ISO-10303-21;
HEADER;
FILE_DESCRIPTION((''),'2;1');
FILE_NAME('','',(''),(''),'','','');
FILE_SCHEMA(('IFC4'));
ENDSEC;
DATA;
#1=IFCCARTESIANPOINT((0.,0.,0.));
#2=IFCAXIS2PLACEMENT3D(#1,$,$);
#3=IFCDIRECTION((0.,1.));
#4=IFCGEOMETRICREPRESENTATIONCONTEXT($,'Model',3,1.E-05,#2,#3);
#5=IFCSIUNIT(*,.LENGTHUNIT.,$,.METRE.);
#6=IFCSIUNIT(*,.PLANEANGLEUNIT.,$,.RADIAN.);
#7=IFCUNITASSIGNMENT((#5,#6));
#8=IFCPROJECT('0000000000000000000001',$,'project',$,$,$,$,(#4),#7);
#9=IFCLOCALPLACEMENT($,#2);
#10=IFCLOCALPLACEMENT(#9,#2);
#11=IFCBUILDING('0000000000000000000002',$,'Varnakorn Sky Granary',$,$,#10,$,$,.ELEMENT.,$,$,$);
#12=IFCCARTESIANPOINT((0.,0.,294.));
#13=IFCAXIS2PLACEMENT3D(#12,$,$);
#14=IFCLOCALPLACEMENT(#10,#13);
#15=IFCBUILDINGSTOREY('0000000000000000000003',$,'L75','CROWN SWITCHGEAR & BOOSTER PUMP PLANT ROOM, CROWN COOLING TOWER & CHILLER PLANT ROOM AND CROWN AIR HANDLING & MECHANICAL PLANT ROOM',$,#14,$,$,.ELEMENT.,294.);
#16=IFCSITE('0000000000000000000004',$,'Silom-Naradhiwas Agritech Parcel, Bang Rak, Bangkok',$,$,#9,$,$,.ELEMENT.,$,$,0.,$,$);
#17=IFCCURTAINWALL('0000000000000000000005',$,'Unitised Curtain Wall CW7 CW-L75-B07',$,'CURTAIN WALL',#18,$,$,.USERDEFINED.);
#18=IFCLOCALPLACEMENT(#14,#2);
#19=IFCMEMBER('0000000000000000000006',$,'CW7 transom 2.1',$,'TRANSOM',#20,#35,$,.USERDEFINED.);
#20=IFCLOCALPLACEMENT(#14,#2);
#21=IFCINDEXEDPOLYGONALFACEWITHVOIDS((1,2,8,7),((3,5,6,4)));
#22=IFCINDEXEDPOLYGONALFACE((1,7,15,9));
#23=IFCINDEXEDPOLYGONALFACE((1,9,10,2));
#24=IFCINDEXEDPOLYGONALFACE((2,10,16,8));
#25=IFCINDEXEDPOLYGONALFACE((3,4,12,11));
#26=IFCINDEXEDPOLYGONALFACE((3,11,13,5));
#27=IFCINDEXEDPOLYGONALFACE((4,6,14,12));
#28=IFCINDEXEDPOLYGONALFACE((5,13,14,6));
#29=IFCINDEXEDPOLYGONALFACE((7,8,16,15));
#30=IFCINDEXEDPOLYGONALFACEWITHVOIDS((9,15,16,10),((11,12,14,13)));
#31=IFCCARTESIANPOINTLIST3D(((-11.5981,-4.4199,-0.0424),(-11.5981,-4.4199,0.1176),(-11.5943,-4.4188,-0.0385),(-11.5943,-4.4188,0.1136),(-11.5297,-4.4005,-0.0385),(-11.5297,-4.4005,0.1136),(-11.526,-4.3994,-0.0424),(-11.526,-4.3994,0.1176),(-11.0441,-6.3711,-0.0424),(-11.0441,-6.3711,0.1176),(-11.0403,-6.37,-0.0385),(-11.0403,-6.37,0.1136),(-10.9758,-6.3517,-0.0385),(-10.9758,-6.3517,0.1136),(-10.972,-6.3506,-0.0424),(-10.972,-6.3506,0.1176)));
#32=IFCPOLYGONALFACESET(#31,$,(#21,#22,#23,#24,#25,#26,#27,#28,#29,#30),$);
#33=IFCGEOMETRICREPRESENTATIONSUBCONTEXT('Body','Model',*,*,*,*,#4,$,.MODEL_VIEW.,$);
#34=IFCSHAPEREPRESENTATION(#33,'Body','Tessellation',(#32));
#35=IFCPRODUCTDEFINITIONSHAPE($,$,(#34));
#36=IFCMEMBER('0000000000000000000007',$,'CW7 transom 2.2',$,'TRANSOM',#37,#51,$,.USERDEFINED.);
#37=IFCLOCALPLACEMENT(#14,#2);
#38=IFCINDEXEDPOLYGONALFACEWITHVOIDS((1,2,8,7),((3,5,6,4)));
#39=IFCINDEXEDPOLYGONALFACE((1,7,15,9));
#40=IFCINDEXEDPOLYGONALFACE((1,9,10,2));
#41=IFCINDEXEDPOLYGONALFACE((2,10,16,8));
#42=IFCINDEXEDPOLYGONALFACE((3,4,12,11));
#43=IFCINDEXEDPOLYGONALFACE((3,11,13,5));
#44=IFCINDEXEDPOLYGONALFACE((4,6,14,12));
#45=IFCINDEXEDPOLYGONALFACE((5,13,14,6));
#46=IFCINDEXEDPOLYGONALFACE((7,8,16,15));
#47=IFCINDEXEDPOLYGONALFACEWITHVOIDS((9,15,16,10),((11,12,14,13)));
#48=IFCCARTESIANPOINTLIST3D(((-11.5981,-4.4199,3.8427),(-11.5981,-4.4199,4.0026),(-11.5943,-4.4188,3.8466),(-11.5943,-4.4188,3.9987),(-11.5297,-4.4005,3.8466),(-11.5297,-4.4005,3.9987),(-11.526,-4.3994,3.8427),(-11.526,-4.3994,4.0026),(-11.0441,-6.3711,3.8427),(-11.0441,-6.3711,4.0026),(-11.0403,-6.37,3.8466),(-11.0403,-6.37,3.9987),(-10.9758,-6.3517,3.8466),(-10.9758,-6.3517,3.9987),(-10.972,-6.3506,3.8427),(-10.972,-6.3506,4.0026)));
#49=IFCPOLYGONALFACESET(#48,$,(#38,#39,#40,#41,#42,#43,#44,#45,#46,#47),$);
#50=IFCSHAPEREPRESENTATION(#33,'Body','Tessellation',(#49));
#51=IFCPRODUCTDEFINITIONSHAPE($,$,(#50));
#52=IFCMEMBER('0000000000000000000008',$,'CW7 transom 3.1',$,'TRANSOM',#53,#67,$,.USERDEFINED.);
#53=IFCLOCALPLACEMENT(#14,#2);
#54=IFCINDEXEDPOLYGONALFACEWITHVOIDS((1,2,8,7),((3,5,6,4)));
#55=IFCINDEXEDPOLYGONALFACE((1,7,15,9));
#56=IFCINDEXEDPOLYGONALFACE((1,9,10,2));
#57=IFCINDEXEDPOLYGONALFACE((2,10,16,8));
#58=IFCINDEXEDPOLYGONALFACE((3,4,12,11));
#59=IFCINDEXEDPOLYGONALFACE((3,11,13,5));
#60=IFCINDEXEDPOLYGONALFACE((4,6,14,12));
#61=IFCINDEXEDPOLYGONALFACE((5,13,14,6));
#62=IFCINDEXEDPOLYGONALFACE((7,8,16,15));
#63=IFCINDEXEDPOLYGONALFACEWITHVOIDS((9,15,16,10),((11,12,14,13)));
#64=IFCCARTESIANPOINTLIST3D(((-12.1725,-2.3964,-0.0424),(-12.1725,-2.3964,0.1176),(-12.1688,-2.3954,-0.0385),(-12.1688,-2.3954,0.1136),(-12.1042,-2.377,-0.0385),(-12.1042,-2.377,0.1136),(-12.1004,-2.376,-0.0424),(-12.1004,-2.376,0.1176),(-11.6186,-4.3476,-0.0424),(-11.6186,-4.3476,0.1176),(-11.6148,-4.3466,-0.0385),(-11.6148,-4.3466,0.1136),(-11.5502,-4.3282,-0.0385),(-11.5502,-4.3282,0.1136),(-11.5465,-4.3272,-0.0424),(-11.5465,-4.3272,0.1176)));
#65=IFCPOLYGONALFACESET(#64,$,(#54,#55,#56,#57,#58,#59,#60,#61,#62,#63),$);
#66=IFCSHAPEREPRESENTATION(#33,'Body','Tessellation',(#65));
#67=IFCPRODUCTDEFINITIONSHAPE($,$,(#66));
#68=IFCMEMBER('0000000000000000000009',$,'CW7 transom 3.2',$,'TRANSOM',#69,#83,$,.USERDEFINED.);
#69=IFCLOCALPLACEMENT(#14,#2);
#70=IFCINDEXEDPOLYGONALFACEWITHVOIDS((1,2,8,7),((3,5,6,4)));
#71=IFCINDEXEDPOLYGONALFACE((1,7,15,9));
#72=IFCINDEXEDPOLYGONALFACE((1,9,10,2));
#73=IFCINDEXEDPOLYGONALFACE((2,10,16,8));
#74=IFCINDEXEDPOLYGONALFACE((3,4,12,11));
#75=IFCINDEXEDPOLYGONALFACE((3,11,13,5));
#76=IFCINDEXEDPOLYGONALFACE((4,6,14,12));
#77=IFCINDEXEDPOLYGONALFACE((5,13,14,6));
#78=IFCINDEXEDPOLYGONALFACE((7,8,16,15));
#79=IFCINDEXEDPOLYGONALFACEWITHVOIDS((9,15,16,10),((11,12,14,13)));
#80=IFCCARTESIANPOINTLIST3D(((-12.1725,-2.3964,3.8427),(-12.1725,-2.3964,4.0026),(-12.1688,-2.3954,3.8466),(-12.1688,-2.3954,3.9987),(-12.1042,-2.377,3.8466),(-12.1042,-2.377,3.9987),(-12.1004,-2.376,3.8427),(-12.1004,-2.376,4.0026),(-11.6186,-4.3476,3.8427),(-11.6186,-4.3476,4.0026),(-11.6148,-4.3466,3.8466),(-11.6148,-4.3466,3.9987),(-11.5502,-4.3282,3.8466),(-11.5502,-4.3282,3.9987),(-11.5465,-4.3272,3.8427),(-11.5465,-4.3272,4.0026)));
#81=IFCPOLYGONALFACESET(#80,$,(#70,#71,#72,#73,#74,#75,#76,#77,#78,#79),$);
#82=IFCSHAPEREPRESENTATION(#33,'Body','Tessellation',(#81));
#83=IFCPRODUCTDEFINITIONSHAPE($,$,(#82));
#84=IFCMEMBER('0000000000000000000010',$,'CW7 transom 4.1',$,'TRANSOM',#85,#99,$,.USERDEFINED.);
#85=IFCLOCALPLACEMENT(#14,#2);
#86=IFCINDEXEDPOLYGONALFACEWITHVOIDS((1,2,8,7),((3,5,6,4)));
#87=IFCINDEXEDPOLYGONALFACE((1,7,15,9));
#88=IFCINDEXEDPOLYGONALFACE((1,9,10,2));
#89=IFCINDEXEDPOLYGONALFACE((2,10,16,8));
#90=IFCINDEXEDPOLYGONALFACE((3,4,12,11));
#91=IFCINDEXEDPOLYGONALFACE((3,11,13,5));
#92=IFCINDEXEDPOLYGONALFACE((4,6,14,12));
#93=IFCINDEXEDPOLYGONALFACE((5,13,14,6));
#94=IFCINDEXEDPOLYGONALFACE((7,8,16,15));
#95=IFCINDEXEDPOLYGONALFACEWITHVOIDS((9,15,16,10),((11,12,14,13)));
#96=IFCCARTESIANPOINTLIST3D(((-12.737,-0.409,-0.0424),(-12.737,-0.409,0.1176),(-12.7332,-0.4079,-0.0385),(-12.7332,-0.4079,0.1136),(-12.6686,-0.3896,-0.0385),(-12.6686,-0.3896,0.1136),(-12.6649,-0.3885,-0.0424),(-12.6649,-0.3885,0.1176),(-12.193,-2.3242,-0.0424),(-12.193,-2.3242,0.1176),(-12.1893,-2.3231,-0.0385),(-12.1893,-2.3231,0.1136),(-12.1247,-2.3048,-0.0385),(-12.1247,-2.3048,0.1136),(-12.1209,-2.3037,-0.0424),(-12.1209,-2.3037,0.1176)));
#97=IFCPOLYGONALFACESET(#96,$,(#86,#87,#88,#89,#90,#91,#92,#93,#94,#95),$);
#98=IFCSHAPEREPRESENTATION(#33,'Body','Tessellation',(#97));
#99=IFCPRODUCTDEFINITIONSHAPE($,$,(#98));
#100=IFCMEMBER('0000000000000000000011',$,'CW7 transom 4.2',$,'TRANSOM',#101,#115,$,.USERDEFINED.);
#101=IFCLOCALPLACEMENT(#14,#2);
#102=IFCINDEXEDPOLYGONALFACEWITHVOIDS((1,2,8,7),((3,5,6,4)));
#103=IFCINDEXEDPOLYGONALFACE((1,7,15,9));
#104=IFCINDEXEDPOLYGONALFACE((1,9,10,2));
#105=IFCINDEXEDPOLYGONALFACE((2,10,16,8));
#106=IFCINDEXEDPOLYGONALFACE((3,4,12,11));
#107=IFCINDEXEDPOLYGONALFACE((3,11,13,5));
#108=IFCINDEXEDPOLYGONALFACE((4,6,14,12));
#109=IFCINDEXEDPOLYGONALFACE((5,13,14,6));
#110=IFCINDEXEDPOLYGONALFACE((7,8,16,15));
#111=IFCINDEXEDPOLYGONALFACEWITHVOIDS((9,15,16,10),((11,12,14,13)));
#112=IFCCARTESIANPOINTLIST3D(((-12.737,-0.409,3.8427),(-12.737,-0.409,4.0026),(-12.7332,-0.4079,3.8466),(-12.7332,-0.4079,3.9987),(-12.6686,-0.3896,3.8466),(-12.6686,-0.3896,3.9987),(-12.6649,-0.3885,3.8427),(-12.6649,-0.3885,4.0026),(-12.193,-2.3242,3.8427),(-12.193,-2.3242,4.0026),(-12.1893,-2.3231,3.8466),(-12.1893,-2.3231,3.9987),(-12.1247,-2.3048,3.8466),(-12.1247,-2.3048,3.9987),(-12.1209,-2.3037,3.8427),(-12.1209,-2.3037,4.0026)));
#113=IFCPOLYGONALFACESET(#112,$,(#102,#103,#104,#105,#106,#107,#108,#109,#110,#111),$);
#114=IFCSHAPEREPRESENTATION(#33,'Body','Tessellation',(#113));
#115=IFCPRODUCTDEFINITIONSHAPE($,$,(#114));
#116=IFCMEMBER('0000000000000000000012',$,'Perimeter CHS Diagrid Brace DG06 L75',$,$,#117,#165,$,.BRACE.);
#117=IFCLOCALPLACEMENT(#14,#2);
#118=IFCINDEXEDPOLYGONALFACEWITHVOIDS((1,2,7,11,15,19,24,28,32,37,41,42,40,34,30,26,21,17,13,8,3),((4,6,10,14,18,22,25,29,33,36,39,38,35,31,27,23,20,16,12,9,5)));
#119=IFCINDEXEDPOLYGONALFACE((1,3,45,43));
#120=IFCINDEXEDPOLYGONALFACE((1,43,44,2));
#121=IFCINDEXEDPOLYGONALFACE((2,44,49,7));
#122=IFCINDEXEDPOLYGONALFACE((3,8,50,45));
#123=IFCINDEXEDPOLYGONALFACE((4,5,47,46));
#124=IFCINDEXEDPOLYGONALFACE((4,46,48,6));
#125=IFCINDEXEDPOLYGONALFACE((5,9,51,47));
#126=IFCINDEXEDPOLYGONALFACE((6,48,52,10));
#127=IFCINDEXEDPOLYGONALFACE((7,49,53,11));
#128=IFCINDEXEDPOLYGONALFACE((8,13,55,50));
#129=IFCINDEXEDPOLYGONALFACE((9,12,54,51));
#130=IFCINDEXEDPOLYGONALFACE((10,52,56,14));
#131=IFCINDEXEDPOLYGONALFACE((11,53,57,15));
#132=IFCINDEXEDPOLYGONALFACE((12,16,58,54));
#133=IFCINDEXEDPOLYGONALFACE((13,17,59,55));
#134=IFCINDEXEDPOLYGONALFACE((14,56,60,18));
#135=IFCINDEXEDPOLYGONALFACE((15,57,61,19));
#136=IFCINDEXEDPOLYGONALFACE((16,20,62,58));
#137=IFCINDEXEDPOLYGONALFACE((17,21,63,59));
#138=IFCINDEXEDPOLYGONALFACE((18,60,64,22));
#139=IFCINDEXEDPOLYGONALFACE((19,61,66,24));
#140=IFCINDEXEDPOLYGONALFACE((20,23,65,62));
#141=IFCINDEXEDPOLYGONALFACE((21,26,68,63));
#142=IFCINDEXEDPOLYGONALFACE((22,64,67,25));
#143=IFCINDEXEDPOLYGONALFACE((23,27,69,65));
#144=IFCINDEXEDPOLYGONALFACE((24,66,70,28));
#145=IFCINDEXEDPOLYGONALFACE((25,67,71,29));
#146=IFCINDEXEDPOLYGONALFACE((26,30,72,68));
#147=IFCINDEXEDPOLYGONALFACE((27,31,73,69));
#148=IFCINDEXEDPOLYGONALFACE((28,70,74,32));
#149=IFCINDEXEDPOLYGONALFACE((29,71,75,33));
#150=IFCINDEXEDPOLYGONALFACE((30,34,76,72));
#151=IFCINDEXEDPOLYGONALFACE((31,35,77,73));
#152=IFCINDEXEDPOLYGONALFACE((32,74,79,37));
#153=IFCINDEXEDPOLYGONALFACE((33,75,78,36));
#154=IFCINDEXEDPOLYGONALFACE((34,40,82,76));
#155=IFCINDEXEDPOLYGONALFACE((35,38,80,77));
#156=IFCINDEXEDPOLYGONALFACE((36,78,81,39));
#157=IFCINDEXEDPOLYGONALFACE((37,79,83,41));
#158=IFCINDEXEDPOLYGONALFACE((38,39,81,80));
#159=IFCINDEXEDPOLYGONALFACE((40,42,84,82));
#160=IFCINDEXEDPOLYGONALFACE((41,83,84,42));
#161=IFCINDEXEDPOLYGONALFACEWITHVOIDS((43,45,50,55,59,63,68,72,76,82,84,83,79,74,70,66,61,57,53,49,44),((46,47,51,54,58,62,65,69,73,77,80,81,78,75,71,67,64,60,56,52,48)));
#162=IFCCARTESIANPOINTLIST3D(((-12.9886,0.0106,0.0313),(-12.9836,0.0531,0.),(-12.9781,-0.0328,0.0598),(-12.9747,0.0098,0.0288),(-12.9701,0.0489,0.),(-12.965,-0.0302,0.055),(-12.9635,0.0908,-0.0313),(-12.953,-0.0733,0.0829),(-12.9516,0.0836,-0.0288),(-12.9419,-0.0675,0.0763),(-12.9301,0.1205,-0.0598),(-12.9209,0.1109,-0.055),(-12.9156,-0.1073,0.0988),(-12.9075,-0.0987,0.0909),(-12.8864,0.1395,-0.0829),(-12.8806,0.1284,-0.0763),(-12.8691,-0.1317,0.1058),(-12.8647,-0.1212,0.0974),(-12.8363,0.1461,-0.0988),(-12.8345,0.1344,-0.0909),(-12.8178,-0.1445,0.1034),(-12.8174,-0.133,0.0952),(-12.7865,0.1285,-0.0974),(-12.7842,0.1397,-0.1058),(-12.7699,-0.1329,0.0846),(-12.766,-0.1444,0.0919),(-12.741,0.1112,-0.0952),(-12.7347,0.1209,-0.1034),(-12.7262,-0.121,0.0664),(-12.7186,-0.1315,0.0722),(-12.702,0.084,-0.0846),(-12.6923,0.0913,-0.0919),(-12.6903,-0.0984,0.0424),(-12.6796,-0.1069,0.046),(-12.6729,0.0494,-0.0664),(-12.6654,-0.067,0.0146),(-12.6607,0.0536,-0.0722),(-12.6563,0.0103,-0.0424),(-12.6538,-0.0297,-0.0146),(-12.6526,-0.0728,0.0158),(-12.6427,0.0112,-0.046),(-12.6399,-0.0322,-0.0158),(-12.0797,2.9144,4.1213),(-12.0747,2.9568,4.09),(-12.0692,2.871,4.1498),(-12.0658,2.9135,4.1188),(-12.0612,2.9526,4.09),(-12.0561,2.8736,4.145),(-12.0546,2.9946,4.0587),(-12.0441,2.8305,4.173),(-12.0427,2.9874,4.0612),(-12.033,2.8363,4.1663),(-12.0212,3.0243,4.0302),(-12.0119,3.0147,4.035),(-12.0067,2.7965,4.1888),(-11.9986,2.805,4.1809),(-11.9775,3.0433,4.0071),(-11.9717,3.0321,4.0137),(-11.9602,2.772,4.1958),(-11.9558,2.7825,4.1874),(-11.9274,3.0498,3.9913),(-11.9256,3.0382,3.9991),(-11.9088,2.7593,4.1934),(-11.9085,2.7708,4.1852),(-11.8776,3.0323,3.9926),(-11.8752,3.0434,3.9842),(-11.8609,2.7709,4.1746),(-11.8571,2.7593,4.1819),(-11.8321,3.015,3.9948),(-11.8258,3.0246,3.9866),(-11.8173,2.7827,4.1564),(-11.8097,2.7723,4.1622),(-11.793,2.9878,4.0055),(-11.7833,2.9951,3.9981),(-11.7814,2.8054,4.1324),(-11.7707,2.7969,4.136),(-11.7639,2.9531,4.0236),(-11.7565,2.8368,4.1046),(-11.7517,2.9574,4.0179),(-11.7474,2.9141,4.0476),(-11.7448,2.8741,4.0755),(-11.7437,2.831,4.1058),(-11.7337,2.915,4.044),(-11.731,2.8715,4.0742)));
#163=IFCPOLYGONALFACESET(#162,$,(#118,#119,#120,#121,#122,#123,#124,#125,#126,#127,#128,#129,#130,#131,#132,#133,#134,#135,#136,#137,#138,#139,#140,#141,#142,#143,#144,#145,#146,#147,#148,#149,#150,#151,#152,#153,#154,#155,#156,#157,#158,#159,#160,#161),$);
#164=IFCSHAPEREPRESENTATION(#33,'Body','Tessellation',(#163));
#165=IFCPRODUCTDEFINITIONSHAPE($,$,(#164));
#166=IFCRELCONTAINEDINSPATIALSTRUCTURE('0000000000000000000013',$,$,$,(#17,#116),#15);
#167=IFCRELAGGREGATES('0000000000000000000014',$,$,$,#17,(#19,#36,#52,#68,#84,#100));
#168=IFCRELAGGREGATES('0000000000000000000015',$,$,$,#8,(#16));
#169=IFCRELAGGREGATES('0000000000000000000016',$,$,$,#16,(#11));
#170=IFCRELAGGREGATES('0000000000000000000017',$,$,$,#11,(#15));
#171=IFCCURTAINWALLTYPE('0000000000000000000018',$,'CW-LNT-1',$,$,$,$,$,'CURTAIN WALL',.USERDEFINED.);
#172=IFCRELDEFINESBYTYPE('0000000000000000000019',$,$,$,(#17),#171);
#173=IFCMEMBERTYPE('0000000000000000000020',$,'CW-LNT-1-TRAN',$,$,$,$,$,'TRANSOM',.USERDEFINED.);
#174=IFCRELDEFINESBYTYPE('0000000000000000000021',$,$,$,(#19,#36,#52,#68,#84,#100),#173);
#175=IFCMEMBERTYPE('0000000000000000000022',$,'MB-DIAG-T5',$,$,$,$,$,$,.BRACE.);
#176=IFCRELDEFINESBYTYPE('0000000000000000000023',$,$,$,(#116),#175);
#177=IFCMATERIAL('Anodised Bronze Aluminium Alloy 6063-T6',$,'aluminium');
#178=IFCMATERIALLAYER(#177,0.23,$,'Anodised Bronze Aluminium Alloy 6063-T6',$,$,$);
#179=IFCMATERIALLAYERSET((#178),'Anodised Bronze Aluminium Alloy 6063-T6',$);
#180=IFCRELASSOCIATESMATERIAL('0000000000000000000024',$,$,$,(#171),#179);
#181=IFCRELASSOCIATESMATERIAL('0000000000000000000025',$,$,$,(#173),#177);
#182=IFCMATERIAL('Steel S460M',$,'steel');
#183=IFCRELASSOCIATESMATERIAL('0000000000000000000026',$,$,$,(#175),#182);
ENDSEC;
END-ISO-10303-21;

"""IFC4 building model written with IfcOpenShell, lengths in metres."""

from ifc_helpers import new_model, si_unit, direction, frame, origin, origin_2d, place, context, subcontext, project, spatial, hollow_rectangle, hollow_circle, extrude, material, layer, layer_set, material_profile, profile_set, type_object, element, aggregate, save


model = new_model("IFC4")

# Units and contexts
model_context = context("Model", 3, precision=1e-05, world=origin(), true_north=direction((0.0, 1.0)))
body_context = subcontext(model_context, "Body", "Model", "MODEL_VIEW")
ifc_project = project(units=[si_unit("LENGTHUNIT", "METRE"), si_unit("PLANEANGLEUNIT", "RADIAN")], contexts=[model_context])

# Site, building, storey
site_placement = place(None, origin())
site = spatial("IfcSite", under=ifc_project, at=site_placement, Name="Silom-Naradhiwas Agritech Parcel, Bang Rak, Bangkok", CompositionType="ELEMENT", RefElevation=0.0)
building_placement = place(site_placement, origin())
building = spatial("IfcBuilding", under=site, at=building_placement, Name="Varnakorn Sky Granary", CompositionType="ELEMENT")
storey_placement = place(building_placement, frame((0.0, 0.0, 294.0)))
storey = spatial("IfcBuildingStorey", under=building, at=storey_placement, Name="L75", Description="CROWN SWITCHGEAR & BOOSTER PUMP PLANT ROOM, CROWN COOLING TOWER & CHILLER PLANT ROOM AND CROWN AIR HANDLING & MECHANICAL PLANT ROOM", CompositionType="ELEMENT", Elevation=294.0)

# Shared definitions
ifc_material_1 = material(Name="Steel S460M", Category="steel")

# Curtain wall, members
ifc_material_2 = material(Name="Anodised Bronze Aluminium Alloy 6063-T6", Category="aluminium")
ifc_layer_1 = layer(ifc_material_2, 0.23, Name="Anodised Bronze Aluminium Alloy 6063-T6")
ifc_layer_set_1 = layer_set([ifc_layer_1], Name="Anodised Bronze Aluminium Alloy 6063-T6")
curtain_wall_type = type_object("IfcCurtainWallType", Name="CW-LNT-1", ElementType="CURTAIN WALL", PredefinedType="USERDEFINED", material=ifc_layer_set_1)
curtain_wall_placement = place(storey_placement, origin())
curtain_wall = element("IfcCurtainWall", 1, at=curtain_wall_placement, inside=storey, type_object=curtain_wall_type, Name="Unitised Curtain Wall CW7 CW-L75-B07", ObjectType="CURTAIN WALL", PredefinedType="USERDEFINED")
ifc_material_profile_1 = material_profile(ifc_material_2, hollow_rectangle(XDim=0.075, YDim=0.1599, WallThickness=0.0039, at=origin_2d()), Name="ALU TRAN 75x160")
ifc_profile_set_1 = profile_set([ifc_material_profile_1], Name="Anodised Bronze Aluminium Alloy 6063-T6")
member_type_1 = type_object("IfcMemberType", Name="CW-LNT-1-TRAN", ElementType="TRANSOM", PredefinedType="USERDEFINED", material=ifc_profile_set_1)
member_1_placement = place(storey_placement, frame((-11.0081, -6.3608, 0.0376), z_axis=(-0.273115, 0.961981, 0.0), x_axis=(-0.961981, -0.273115, 0.0)))
member_1 = element("IfcMember", 2, at=member_1_placement, type_object=member_type_1, Name="CW7 transom 2.1", ObjectType="TRANSOM", PredefinedType="USERDEFINED", context=body_context, shape_type="SweptSolid", body=[
    extrude(hollow_rectangle(XDim=0.075, YDim=0.1599, WallThickness=0.0039, at=origin_2d()), origin(), (0.0, 0.0, 1.0), 2.0283),
])
member_2_placement = place(storey_placement, frame((-11.0081, -6.3608, 3.9226), z_axis=(-0.273115, 0.961981, 0.0), x_axis=(-0.961981, -0.273115, 0.0)))
member_2 = element("IfcMember", 3, at=member_2_placement, type_object=member_type_1, Name="CW7 transom 2.2", ObjectType="TRANSOM", PredefinedType="USERDEFINED", context=body_context, shape_type="SweptSolid", body=[
    extrude(hollow_rectangle(XDim=0.075, YDim=0.1599, WallThickness=0.0039, at=origin_2d()), origin(), (0.0, 0.0, 1.0), 2.0283),
])
member_3_placement = place(storey_placement, frame((-11.5825, -4.3374, 0.0376), z_axis=(-0.273115, 0.961981, 0.0), x_axis=(-0.961981, -0.273115, 0.0)))
member_3 = element("IfcMember", 4, at=member_3_placement, type_object=member_type_1, Name="CW7 transom 3.1", ObjectType="TRANSOM", PredefinedType="USERDEFINED", context=body_context, shape_type="SweptSolid", body=[
    extrude(hollow_rectangle(XDim=0.075, YDim=0.1599, WallThickness=0.0039, at=origin_2d()), origin(), (0.0, 0.0, 1.0), 2.0283),
])
member_4_placement = place(storey_placement, frame((-11.5825, -4.3374, 3.9226), z_axis=(-0.273115, 0.961981, 0.0), x_axis=(-0.961981, -0.273115, 0.0)))
member_4 = element("IfcMember", 5, at=member_4_placement, type_object=member_type_1, Name="CW7 transom 3.2", ObjectType="TRANSOM", PredefinedType="USERDEFINED", context=body_context, shape_type="SweptSolid", body=[
    extrude(hollow_rectangle(XDim=0.075, YDim=0.1599, WallThickness=0.0039, at=origin_2d()), origin(), (0.0, 0.0, 1.0), 2.0283),
])
member_5_placement = place(storey_placement, frame((-12.157, -2.314, 0.0376), z_axis=(-0.273198, 0.961958, 0.0), x_axis=(-0.961958, -0.273198, 0.0)))
member_5 = element("IfcMember", 6, at=member_5_placement, type_object=member_type_1, Name="CW7 transom 4.1", ObjectType="TRANSOM", PredefinedType="USERDEFINED", context=body_context, shape_type="SweptSolid", body=[
    extrude(hollow_rectangle(XDim=0.075, YDim=0.1599, WallThickness=0.0039, at=origin_2d()), origin(), (0.0, 0.0, 1.0), 1.991),
])
member_6_placement = place(storey_placement, frame((-12.157, -2.314, 3.9226), z_axis=(-0.273198, 0.961958, 0.0), x_axis=(-0.961958, -0.273198, 0.0)))
member_6 = element("IfcMember", 7, at=member_6_placement, type_object=member_type_1, Name="CW7 transom 4.2", ObjectType="TRANSOM", PredefinedType="USERDEFINED", context=body_context, shape_type="SweptSolid", body=[
    extrude(hollow_rectangle(XDim=0.075, YDim=0.1599, WallThickness=0.0039, at=origin_2d()), origin(), (0.0, 0.0, 1.0), 1.991),
])

# Member
ifc_material_profile_2 = material_profile(ifc_material_1, hollow_circle(Radius=0.1777, WallThickness=0.0142, at=origin_2d()), Name="CHS 355.6x14")
ifc_profile_set_2 = profile_set([ifc_material_profile_2], Name="Steel S460M")
member_type_2 = type_object("IfcMemberType", Name="MB-DIAG-T5", PredefinedType="BRACE", material=ifc_profile_set_2)
for number, where, z_axis, x_axis, name in (
    (8, (-12.814, 0.0, 0.0), (0.178301, 0.569625, 0.802331), (-0.95434, 0.298723, 0.0), "Perimeter CHS Diagrid Brace DG06 L75"),
):
    element("IfcMember", number, at=place(storey_placement, frame(where, z_axis=z_axis, x_axis=x_axis)), inside=storey, type_object=member_type_2, Name=name, PredefinedType="BRACE", context=body_context, shape_type="SweptSolid", body=[
        extrude(hollow_circle(Radius=0.1777, WallThickness=0.0142, at=origin_2d()), origin(), (0.0, 0.0, 1.0), 5.0977),
    ])

aggregate(curtain_wall, [member_1, member_2, member_3, member_4, member_5, member_6])

save(model, "model.ifc")
